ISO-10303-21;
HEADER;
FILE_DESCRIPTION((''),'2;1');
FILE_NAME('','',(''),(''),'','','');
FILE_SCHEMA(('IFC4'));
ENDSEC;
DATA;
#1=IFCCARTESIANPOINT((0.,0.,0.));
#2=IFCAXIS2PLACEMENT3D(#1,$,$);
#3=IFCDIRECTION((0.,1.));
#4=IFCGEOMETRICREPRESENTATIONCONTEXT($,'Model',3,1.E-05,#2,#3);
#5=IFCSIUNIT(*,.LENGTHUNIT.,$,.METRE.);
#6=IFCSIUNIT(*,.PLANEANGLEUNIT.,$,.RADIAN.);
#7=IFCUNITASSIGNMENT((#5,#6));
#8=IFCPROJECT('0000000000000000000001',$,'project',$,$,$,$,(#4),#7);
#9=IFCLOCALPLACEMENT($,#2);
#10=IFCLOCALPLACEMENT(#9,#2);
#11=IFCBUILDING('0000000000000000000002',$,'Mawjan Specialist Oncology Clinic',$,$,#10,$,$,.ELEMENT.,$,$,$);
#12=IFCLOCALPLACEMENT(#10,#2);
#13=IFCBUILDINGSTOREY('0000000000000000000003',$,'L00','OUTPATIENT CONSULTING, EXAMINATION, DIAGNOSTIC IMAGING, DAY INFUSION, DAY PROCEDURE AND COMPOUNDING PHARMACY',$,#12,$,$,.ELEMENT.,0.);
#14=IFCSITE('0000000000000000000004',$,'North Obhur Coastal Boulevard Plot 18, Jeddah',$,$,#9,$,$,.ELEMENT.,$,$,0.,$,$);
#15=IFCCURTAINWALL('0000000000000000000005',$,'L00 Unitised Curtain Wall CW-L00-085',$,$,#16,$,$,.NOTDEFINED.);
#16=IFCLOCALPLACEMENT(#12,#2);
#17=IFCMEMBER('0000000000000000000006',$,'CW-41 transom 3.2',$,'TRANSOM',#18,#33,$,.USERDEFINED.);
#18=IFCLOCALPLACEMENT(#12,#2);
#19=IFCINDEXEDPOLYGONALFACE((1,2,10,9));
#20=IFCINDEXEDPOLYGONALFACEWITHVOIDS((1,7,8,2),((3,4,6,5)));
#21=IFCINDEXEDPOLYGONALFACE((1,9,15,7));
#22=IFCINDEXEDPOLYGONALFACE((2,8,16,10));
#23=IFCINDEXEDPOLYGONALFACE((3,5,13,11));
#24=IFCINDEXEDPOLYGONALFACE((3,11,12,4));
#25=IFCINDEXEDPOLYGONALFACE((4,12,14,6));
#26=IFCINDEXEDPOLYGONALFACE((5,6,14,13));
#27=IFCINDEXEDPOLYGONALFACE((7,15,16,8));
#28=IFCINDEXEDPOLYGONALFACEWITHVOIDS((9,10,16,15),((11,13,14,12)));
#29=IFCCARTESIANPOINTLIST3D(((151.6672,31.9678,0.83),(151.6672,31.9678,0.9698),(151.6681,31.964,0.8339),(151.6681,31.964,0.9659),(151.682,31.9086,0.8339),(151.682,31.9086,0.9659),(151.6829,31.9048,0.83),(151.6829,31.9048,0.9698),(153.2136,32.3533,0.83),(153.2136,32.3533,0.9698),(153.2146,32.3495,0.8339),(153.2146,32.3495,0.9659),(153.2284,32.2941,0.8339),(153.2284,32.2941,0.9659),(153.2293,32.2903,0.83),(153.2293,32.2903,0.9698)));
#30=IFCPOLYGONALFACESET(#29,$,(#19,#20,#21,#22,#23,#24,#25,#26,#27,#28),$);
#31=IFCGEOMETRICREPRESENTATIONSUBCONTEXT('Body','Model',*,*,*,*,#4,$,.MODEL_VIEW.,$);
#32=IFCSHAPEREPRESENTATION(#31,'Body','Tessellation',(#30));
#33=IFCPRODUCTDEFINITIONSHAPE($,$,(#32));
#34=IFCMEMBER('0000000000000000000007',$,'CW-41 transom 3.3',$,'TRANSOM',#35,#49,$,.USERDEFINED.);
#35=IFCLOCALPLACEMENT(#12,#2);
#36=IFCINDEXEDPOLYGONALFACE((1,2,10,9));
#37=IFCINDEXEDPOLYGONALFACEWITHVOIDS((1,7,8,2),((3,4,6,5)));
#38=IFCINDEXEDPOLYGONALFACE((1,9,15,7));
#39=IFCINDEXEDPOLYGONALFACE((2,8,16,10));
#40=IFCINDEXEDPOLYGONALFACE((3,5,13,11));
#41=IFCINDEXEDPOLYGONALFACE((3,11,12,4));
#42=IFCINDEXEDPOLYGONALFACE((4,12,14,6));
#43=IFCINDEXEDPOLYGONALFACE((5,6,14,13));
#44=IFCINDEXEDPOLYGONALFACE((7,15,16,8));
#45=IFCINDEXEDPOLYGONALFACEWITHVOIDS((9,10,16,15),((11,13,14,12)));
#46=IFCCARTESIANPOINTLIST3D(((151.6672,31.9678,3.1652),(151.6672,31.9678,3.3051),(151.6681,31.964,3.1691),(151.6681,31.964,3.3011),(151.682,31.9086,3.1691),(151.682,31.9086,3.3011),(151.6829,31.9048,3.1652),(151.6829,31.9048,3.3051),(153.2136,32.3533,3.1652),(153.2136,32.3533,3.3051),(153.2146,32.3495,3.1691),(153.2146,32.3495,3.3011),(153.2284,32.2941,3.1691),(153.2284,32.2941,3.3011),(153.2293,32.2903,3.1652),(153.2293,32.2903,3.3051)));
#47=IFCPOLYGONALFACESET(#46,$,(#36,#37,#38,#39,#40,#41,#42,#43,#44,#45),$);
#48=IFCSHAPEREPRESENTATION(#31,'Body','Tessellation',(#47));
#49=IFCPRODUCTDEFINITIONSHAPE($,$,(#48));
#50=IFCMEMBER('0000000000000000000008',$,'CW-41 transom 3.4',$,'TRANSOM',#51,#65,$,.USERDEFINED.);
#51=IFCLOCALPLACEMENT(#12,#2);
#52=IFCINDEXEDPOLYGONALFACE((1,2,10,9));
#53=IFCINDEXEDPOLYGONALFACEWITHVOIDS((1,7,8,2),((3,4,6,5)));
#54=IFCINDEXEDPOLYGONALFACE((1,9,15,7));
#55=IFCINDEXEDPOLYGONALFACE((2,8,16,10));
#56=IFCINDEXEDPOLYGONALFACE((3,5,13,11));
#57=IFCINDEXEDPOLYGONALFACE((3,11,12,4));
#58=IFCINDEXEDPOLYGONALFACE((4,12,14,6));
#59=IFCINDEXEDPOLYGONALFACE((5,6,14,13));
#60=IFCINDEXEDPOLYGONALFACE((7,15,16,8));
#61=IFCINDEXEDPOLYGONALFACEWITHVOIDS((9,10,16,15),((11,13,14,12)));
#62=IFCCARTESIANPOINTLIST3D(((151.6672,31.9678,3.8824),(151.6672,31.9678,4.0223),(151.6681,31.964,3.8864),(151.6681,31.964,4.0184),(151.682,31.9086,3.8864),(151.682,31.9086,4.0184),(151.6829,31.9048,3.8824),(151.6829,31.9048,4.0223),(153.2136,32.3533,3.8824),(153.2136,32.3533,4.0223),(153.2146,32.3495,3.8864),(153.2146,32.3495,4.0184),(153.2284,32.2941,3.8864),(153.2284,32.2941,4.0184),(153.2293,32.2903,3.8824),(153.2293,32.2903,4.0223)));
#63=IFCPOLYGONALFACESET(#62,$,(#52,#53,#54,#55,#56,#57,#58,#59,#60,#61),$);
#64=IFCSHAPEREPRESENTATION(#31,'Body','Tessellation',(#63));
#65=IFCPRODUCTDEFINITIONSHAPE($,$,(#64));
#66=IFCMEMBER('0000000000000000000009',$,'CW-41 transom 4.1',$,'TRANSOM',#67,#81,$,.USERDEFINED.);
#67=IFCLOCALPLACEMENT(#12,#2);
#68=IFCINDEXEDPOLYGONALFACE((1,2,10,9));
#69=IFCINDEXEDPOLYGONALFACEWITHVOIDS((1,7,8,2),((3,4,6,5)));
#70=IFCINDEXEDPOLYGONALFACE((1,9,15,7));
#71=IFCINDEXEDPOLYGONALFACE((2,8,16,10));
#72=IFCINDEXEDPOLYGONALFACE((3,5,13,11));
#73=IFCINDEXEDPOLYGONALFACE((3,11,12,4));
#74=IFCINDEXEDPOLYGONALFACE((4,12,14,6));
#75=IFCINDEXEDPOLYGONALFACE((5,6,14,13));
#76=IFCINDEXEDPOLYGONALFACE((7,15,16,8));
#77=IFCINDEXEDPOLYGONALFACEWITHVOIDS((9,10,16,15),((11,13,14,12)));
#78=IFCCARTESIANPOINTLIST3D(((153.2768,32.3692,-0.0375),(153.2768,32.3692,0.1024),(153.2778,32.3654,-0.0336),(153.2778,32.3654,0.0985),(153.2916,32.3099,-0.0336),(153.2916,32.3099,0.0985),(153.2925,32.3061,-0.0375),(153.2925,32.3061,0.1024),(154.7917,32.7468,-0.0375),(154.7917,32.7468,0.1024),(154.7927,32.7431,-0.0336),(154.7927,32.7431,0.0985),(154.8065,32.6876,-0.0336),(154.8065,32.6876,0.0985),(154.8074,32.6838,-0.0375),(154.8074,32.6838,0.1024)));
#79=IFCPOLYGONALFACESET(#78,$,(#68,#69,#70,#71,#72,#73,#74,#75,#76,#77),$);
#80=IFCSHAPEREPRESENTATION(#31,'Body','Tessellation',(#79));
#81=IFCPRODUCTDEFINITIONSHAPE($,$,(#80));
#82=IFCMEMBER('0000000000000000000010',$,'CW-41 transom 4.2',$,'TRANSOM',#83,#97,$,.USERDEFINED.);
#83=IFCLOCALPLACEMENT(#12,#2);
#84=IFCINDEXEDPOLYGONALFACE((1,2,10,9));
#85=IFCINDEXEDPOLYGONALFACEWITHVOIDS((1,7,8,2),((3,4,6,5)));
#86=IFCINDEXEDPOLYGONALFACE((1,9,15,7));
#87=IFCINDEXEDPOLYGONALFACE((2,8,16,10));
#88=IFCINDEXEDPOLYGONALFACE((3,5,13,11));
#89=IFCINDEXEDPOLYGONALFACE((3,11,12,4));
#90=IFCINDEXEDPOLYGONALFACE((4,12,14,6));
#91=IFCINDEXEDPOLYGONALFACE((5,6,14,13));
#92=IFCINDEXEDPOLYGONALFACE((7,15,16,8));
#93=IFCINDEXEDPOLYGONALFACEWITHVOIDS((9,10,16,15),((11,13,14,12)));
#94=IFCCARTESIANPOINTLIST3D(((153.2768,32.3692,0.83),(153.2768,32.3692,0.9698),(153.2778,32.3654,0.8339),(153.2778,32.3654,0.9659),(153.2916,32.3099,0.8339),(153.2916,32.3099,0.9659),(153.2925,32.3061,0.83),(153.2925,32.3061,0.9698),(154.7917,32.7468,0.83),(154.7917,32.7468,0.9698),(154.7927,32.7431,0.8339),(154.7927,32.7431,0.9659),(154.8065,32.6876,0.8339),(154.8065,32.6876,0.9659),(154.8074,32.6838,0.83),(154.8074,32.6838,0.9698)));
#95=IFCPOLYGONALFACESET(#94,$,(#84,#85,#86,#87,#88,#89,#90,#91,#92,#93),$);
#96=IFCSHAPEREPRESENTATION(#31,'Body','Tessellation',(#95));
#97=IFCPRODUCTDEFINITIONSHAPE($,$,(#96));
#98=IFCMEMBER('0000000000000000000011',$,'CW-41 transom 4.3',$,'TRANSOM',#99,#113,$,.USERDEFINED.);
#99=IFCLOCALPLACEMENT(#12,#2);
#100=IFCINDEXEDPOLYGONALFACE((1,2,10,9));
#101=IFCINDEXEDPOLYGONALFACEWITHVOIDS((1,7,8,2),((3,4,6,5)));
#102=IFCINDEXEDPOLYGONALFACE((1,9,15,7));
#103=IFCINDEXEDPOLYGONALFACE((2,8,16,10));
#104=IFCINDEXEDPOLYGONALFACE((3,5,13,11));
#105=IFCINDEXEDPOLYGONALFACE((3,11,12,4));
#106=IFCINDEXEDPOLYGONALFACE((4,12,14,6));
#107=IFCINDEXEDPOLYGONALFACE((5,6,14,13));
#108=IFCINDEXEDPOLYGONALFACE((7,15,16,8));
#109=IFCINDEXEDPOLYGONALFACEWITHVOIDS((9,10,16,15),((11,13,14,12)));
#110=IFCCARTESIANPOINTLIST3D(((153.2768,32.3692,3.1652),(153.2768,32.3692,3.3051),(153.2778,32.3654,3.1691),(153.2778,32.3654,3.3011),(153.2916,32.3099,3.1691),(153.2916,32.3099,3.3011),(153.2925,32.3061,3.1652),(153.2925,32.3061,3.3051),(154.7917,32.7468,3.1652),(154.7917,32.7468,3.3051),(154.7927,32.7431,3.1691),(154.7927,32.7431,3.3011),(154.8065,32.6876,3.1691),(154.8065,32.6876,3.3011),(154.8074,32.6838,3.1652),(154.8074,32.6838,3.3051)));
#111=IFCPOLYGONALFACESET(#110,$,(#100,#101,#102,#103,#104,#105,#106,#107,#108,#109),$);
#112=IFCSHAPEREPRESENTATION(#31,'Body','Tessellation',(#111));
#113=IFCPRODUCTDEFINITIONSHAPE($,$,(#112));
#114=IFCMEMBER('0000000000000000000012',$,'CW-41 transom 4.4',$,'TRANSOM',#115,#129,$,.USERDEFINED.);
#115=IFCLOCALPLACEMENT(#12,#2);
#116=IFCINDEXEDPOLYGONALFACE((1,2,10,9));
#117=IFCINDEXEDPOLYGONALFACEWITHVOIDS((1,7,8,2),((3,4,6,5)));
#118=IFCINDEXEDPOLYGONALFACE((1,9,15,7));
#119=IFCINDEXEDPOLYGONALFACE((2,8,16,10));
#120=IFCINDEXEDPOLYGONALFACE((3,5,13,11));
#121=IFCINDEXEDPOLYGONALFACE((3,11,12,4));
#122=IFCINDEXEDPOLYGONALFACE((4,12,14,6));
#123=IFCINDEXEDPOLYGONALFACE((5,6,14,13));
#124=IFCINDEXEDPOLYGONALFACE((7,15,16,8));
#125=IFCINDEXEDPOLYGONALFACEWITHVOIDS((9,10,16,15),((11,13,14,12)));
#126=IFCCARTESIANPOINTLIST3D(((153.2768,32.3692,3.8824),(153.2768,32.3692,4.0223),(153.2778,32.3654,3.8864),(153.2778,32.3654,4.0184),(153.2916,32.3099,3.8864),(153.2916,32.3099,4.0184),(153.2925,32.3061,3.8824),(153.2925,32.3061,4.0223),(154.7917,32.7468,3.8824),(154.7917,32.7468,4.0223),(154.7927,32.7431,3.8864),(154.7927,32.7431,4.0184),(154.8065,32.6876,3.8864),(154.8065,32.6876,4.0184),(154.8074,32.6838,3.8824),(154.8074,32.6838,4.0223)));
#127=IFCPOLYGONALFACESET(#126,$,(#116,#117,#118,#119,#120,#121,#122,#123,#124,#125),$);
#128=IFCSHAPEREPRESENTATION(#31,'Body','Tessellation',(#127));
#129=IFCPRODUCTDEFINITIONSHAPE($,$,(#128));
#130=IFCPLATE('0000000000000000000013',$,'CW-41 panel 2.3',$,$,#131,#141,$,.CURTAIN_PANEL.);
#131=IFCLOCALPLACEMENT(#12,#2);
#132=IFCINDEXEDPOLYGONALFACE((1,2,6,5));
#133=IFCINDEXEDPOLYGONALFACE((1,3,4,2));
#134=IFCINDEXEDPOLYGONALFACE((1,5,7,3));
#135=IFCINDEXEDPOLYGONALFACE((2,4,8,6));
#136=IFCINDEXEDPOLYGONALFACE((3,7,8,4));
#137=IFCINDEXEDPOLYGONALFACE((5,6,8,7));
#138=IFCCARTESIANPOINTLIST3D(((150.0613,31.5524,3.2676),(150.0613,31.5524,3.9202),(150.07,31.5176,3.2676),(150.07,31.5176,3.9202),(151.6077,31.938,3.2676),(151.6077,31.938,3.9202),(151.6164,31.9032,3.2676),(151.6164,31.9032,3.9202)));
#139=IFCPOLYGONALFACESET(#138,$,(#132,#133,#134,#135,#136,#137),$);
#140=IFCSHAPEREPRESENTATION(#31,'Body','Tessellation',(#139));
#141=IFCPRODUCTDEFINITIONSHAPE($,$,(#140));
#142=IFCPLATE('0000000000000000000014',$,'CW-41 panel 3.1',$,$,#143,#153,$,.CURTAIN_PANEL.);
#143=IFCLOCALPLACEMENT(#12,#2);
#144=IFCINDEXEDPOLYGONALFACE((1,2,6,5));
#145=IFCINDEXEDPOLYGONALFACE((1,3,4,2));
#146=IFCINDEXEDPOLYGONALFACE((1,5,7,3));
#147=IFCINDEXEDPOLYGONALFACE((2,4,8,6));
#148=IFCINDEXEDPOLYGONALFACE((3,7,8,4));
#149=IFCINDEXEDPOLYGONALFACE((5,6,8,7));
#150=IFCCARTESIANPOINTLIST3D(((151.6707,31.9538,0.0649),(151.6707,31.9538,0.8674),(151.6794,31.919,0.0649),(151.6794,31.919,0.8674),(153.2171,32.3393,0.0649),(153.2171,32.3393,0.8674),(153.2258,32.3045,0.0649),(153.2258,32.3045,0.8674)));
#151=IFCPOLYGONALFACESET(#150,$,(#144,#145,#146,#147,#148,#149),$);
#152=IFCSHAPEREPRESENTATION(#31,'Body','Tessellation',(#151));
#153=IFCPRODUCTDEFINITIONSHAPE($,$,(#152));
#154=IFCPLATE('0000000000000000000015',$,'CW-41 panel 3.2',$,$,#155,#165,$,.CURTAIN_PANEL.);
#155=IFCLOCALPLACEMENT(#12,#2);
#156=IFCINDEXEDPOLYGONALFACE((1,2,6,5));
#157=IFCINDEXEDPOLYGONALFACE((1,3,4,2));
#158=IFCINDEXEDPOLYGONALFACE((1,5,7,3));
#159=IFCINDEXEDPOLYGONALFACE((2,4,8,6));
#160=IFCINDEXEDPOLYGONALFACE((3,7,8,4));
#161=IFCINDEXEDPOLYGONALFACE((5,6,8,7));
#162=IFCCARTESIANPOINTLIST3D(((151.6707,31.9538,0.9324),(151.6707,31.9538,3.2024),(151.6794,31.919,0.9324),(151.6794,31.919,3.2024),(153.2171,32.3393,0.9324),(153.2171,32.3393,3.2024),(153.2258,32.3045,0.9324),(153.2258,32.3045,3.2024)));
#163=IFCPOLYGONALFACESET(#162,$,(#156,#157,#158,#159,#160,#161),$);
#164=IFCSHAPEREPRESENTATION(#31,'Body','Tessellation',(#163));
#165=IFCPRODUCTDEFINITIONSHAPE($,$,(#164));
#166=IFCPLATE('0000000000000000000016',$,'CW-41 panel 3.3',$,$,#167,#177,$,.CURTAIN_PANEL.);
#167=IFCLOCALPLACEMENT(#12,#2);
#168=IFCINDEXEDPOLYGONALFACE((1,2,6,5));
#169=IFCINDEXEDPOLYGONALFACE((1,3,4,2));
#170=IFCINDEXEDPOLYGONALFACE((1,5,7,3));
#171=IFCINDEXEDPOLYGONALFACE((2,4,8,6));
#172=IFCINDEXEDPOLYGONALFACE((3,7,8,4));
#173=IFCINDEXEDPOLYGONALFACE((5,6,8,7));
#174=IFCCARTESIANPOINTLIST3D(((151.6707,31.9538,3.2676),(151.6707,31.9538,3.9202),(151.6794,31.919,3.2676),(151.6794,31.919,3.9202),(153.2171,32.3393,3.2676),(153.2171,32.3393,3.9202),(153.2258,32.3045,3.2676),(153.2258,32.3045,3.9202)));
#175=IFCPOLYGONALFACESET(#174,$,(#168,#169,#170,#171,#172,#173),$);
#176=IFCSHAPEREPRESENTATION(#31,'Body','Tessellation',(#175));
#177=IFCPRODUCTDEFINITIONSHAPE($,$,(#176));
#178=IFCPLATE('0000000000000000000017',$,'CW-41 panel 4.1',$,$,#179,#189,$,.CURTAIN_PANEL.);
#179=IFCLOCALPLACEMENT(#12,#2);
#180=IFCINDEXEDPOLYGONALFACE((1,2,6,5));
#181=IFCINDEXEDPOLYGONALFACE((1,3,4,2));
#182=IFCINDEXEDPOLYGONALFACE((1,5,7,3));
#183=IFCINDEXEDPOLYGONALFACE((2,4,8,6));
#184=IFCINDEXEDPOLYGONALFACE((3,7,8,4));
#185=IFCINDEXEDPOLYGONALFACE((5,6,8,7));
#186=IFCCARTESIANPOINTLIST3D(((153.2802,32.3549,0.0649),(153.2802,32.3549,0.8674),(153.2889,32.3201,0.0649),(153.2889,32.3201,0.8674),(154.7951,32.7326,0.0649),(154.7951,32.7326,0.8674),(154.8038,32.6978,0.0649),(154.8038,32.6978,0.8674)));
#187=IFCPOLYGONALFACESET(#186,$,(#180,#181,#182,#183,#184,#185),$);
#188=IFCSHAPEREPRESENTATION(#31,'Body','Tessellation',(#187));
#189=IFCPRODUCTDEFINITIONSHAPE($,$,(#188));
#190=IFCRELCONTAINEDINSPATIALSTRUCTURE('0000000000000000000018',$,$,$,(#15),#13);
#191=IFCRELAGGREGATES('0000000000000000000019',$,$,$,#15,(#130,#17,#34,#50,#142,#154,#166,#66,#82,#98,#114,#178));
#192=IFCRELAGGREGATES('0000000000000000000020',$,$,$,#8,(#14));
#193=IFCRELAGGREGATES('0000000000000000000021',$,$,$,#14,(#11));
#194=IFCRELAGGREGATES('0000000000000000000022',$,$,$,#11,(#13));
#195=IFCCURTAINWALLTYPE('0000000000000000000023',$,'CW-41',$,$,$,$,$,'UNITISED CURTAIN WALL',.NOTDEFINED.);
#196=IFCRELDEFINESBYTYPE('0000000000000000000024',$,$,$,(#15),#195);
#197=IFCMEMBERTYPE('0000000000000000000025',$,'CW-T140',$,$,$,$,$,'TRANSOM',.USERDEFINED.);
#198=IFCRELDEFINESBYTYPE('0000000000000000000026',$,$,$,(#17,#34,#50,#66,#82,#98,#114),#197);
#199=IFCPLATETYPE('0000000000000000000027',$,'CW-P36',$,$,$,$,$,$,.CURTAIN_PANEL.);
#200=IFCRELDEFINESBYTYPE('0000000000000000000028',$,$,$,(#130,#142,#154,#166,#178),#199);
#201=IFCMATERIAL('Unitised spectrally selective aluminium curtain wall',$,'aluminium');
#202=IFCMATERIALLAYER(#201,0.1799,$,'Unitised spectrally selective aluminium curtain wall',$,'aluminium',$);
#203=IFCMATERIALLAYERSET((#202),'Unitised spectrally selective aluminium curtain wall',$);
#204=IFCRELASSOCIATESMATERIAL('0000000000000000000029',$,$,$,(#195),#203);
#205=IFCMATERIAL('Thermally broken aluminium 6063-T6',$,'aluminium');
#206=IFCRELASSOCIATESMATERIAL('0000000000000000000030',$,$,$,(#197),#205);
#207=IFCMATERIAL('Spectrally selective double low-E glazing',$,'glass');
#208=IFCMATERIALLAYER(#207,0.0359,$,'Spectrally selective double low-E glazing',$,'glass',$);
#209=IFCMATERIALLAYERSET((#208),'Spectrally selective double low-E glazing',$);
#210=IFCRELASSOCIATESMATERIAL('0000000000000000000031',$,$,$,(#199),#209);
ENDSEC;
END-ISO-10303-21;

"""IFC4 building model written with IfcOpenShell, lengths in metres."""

from ifc_helpers import new_model, si_unit, direction, frame, origin, origin_2d, place, context, subcontext, project, spatial, rectangle, hollow_rectangle, extrude, material, layer, layer_set, material_profile, profile_set, type_object, element, aggregate, save


model = new_model("IFC4")

# Units and contexts
model_context = context("Model", 3, precision=1e-05, world=origin(), true_north=direction((0.0, 1.0)))
body_context = subcontext(model_context, "Body", "Model", "MODEL_VIEW")
ifc_project = project(units=[si_unit("LENGTHUNIT", "METRE"), si_unit("PLANEANGLEUNIT", "RADIAN")], contexts=[model_context])

# Site, building, storey
site_placement = place(None, origin())
site = spatial("IfcSite", under=ifc_project, at=site_placement, Name="North Obhur Coastal Boulevard Plot 18, Jeddah", CompositionType="ELEMENT", RefElevation=0.0)
building_placement = place(site_placement, origin())
building = spatial("IfcBuilding", under=site, at=building_placement, Name="Mawjan Specialist Oncology Clinic", CompositionType="ELEMENT")
storey_placement = place(building_placement, origin())
storey = spatial("IfcBuildingStorey", under=building, at=storey_placement, Name="L00", Description="OUTPATIENT CONSULTING, EXAMINATION, DIAGNOSTIC IMAGING, DAY INFUSION, DAY PROCEDURE AND COMPOUNDING PHARMACY", CompositionType="ELEMENT", Elevation=0.0)

# Curtain wall, members, plates
ifc_material_1 = material(Name="Unitised spectrally selective aluminium curtain wall", Category="aluminium")
ifc_layer_1 = layer(ifc_material_1, 0.1799, Name="Unitised spectrally selective aluminium curtain wall", Category="aluminium")
ifc_layer_set_1 = layer_set([ifc_layer_1], Name="Unitised spectrally selective aluminium curtain wall")
curtain_wall_type = type_object("IfcCurtainWallType", Name="CW-41", ElementType="UNITISED CURTAIN WALL", PredefinedType="NOTDEFINED", material=ifc_layer_set_1)
curtain_wall_placement = place(storey_placement, origin())
curtain_wall = element("IfcCurtainWall", 1, at=curtain_wall_placement, inside=storey, type_object=curtain_wall_type, Name="L00 Unitised Curtain Wall CW-L00-085", PredefinedType="NOTDEFINED")
ifc_material_2 = material(Name="Thermally broken aluminium 6063-T6", Category="aluminium")
ifc_material_profile_1 = material_profile(ifc_material_2, hollow_rectangle(XDim=0.0649, YDim=0.1399, WallThickness=0.0039, at=origin_2d()), Name="ALU TRANSOM 140x65x4", Category="aluminium")
ifc_profile_set_1 = profile_set([ifc_material_profile_1], Name="Thermally broken aluminium 6063-T6")
member_type_1 = type_object("IfcMemberType", Name="CW-T140", ElementType="TRANSOM", PredefinedType="USERDEFINED", material=ifc_profile_set_1)
member_1_placement = place(storey_placement, frame((151.675, 31.9363, 0.8999), z_axis=(0.970304, 0.241887, 0.0), x_axis=(-0.241887, 0.970304, 0.0)))
member_1 = element("IfcMember", 2, at=member_1_placement, type_object=member_type_1, Name="CW-41 transom 3.2", ObjectType="TRANSOM", PredefinedType="USERDEFINED", context=body_context, shape_type="SweptSolid", body=[
    extrude(hollow_rectangle(XDim=0.0649, YDim=0.1399, WallThickness=0.0039, at=origin_2d()), origin(), (0.0, 0.0, 1.0), 1.5938),
])
member_2_placement = place(storey_placement, frame((151.675, 31.9363, 3.2351), z_axis=(0.970304, 0.241887, 0.0), x_axis=(-0.241887, 0.970304, 0.0)))
member_2 = element("IfcMember", 3, at=member_2_placement, type_object=member_type_1, Name="CW-41 transom 3.3", ObjectType="TRANSOM", PredefinedType="USERDEFINED", context=body_context, shape_type="SweptSolid", body=[
    extrude(hollow_rectangle(XDim=0.0649, YDim=0.1399, WallThickness=0.0039, at=origin_2d()), origin(), (0.0, 0.0, 1.0), 1.5938),
])
member_3_placement = place(storey_placement, frame((151.675, 31.9363, 3.9524), z_axis=(0.970304, 0.241887, 0.0), x_axis=(-0.241887, 0.970304, 0.0)))
member_3 = element("IfcMember", 4, at=member_3_placement, type_object=member_type_1, Name="CW-41 transom 3.4", ObjectType="TRANSOM", PredefinedType="USERDEFINED", context=body_context, shape_type="SweptSolid", body=[
    extrude(hollow_rectangle(XDim=0.0649, YDim=0.1399, WallThickness=0.0039, at=origin_2d()), origin(), (0.0, 0.0, 1.0), 1.5938),
])
member_4_placement = place(storey_placement, frame((153.2847, 32.3376, 0.0325), z_axis=(0.970299, 0.24191, 0.0), x_axis=(-0.24191, 0.970299, 0.0)))
member_4 = element("IfcMember", 5, at=member_4_placement, type_object=member_type_1, Name="CW-41 transom 4.1", ObjectType="TRANSOM", PredefinedType="USERDEFINED", context=body_context, shape_type="SweptSolid", body=[
    extrude(hollow_rectangle(XDim=0.0649, YDim=0.1399, WallThickness=0.0039, at=origin_2d()), origin(), (0.0, 0.0, 1.0), 1.5613),
])
member_5_placement = place(storey_placement, frame((153.2847, 32.3376, 0.8999), z_axis=(0.970299, 0.24191, 0.0), x_axis=(-0.24191, 0.970299, 0.0)))
member_5 = element("IfcMember", 6, at=member_5_placement, type_object=member_type_1, Name="CW-41 transom 4.2", ObjectType="TRANSOM", PredefinedType="USERDEFINED", context=body_context, shape_type="SweptSolid", body=[
    extrude(hollow_rectangle(XDim=0.0649, YDim=0.1399, WallThickness=0.0039, at=origin_2d()), origin(), (0.0, 0.0, 1.0), 1.5613),
])
member_6_placement = place(storey_placement, frame((153.2847, 32.3376, 3.2351), z_axis=(0.970299, 0.24191, 0.0), x_axis=(-0.24191, 0.970299, 0.0)))
member_6 = element("IfcMember", 7, at=member_6_placement, type_object=member_type_1, Name="CW-41 transom 4.3", ObjectType="TRANSOM", PredefinedType="USERDEFINED", context=body_context, shape_type="SweptSolid", body=[
    extrude(hollow_rectangle(XDim=0.0649, YDim=0.1399, WallThickness=0.0039, at=origin_2d()), origin(), (0.0, 0.0, 1.0), 1.5613),
])
member_7_placement = place(storey_placement, frame((153.2847, 32.3376, 3.9524), z_axis=(0.970299, 0.24191, 0.0), x_axis=(-0.24191, 0.970299, 0.0)))
member_7 = element("IfcMember", 8, at=member_7_placement, type_object=member_type_1, Name="CW-41 transom 4.4", ObjectType="TRANSOM", PredefinedType="USERDEFINED", context=body_context, shape_type="SweptSolid", body=[
    extrude(hollow_rectangle(XDim=0.0649, YDim=0.1399, WallThickness=0.0039, at=origin_2d()), origin(), (0.0, 0.0, 1.0), 1.5613),
])
ifc_material_3 = material(Name="Spectrally selective double low-E glazing", Category="glass")
ifc_layer_2 = layer(ifc_material_3, 0.0359, Name="Spectrally selective double low-E glazing", Category="glass")
ifc_layer_set_2 = layer_set([ifc_layer_2], Name="Spectrally selective double low-E glazing")
plate_type = type_object("IfcPlateType", Name="CW-P36", PredefinedType="CURTAIN_PANEL", material=ifc_layer_set_2)
plate_1_placement = place(storey_placement, frame((150.8389, 31.7278, 3.2676), z_axis=(0.0, 0.0, 1.0), x_axis=(0.970296, 0.241922, 0.0)))
plate_1 = element("IfcPlate", 9, at=plate_1_placement, type_object=plate_type, Name="CW-41 panel 2.3", PredefinedType="CURTAIN_PANEL", context=body_context, shape_type="SweptSolid", body=[
    extrude(rectangle(XDim=1.5938, YDim=0.0359, at=origin_2d()), origin(), (0.0, 0.0, 1.0), 0.6526),
])
plate_2_placement = place(storey_placement, frame((152.4482, 32.1292, 0.0649), z_axis=(0.0, 0.0, 1.0), x_axis=(0.970296, 0.241922, 0.0)))
plate_2 = element("IfcPlate", 10, at=plate_2_placement, type_object=plate_type, Name="CW-41 panel 3.1", PredefinedType="CURTAIN_PANEL", context=body_context, shape_type="SweptSolid", body=[
    extrude(rectangle(XDim=1.5938, YDim=0.0359, at=origin_2d()), origin(), (0.0, 0.0, 1.0), 0.8025),
])
plate_3_placement = place(storey_placement, frame((152.4482, 32.1292, 0.9324), z_axis=(0.0, 0.0, 1.0), x_axis=(0.970296, 0.241922, 0.0)))
plate_3 = element("IfcPlate", 11, at=plate_3_placement, type_object=plate_type, Name="CW-41 panel 3.2", PredefinedType="CURTAIN_PANEL", context=body_context, shape_type="SweptSolid", body=[
    extrude(rectangle(XDim=1.5938, YDim=0.0359, at=origin_2d()), origin(), (0.0, 0.0, 1.0), 2.27),
])
plate_4_placement = place(storey_placement, frame((152.4482, 32.1292, 3.2676), z_axis=(0.0, 0.0, 1.0), x_axis=(0.970296, 0.241922, 0.0)))
plate_4 = element("IfcPlate", 12, at=plate_4_placement, type_object=plate_type, Name="CW-41 panel 3.3", PredefinedType="CURTAIN_PANEL", context=body_context, shape_type="SweptSolid", body=[
    extrude(rectangle(XDim=1.5938, YDim=0.0359, at=origin_2d()), origin(), (0.0, 0.0, 1.0), 0.6526),
])
plate_5_placement = place(storey_placement, frame((154.042, 32.5264, 0.0649), z_axis=(0.0, 0.0, 1.0), x_axis=(0.970296, 0.241922, 0.0)))
plate_5 = element("IfcPlate", 13, at=plate_5_placement, type_object=plate_type, Name="CW-41 panel 4.1", PredefinedType="CURTAIN_PANEL", context=body_context, shape_type="SweptSolid", body=[
    extrude(rectangle(XDim=1.5613, YDim=0.0359, at=origin_2d()), origin(), (0.0, 0.0, 1.0), 0.8025),
])
aggregate(curtain_wall, [plate_1, member_1, member_2, member_3, plate_2, plate_3, plate_4, member_4, member_5, member_6, member_7, plate_5])

save(model, "model.ifc")
